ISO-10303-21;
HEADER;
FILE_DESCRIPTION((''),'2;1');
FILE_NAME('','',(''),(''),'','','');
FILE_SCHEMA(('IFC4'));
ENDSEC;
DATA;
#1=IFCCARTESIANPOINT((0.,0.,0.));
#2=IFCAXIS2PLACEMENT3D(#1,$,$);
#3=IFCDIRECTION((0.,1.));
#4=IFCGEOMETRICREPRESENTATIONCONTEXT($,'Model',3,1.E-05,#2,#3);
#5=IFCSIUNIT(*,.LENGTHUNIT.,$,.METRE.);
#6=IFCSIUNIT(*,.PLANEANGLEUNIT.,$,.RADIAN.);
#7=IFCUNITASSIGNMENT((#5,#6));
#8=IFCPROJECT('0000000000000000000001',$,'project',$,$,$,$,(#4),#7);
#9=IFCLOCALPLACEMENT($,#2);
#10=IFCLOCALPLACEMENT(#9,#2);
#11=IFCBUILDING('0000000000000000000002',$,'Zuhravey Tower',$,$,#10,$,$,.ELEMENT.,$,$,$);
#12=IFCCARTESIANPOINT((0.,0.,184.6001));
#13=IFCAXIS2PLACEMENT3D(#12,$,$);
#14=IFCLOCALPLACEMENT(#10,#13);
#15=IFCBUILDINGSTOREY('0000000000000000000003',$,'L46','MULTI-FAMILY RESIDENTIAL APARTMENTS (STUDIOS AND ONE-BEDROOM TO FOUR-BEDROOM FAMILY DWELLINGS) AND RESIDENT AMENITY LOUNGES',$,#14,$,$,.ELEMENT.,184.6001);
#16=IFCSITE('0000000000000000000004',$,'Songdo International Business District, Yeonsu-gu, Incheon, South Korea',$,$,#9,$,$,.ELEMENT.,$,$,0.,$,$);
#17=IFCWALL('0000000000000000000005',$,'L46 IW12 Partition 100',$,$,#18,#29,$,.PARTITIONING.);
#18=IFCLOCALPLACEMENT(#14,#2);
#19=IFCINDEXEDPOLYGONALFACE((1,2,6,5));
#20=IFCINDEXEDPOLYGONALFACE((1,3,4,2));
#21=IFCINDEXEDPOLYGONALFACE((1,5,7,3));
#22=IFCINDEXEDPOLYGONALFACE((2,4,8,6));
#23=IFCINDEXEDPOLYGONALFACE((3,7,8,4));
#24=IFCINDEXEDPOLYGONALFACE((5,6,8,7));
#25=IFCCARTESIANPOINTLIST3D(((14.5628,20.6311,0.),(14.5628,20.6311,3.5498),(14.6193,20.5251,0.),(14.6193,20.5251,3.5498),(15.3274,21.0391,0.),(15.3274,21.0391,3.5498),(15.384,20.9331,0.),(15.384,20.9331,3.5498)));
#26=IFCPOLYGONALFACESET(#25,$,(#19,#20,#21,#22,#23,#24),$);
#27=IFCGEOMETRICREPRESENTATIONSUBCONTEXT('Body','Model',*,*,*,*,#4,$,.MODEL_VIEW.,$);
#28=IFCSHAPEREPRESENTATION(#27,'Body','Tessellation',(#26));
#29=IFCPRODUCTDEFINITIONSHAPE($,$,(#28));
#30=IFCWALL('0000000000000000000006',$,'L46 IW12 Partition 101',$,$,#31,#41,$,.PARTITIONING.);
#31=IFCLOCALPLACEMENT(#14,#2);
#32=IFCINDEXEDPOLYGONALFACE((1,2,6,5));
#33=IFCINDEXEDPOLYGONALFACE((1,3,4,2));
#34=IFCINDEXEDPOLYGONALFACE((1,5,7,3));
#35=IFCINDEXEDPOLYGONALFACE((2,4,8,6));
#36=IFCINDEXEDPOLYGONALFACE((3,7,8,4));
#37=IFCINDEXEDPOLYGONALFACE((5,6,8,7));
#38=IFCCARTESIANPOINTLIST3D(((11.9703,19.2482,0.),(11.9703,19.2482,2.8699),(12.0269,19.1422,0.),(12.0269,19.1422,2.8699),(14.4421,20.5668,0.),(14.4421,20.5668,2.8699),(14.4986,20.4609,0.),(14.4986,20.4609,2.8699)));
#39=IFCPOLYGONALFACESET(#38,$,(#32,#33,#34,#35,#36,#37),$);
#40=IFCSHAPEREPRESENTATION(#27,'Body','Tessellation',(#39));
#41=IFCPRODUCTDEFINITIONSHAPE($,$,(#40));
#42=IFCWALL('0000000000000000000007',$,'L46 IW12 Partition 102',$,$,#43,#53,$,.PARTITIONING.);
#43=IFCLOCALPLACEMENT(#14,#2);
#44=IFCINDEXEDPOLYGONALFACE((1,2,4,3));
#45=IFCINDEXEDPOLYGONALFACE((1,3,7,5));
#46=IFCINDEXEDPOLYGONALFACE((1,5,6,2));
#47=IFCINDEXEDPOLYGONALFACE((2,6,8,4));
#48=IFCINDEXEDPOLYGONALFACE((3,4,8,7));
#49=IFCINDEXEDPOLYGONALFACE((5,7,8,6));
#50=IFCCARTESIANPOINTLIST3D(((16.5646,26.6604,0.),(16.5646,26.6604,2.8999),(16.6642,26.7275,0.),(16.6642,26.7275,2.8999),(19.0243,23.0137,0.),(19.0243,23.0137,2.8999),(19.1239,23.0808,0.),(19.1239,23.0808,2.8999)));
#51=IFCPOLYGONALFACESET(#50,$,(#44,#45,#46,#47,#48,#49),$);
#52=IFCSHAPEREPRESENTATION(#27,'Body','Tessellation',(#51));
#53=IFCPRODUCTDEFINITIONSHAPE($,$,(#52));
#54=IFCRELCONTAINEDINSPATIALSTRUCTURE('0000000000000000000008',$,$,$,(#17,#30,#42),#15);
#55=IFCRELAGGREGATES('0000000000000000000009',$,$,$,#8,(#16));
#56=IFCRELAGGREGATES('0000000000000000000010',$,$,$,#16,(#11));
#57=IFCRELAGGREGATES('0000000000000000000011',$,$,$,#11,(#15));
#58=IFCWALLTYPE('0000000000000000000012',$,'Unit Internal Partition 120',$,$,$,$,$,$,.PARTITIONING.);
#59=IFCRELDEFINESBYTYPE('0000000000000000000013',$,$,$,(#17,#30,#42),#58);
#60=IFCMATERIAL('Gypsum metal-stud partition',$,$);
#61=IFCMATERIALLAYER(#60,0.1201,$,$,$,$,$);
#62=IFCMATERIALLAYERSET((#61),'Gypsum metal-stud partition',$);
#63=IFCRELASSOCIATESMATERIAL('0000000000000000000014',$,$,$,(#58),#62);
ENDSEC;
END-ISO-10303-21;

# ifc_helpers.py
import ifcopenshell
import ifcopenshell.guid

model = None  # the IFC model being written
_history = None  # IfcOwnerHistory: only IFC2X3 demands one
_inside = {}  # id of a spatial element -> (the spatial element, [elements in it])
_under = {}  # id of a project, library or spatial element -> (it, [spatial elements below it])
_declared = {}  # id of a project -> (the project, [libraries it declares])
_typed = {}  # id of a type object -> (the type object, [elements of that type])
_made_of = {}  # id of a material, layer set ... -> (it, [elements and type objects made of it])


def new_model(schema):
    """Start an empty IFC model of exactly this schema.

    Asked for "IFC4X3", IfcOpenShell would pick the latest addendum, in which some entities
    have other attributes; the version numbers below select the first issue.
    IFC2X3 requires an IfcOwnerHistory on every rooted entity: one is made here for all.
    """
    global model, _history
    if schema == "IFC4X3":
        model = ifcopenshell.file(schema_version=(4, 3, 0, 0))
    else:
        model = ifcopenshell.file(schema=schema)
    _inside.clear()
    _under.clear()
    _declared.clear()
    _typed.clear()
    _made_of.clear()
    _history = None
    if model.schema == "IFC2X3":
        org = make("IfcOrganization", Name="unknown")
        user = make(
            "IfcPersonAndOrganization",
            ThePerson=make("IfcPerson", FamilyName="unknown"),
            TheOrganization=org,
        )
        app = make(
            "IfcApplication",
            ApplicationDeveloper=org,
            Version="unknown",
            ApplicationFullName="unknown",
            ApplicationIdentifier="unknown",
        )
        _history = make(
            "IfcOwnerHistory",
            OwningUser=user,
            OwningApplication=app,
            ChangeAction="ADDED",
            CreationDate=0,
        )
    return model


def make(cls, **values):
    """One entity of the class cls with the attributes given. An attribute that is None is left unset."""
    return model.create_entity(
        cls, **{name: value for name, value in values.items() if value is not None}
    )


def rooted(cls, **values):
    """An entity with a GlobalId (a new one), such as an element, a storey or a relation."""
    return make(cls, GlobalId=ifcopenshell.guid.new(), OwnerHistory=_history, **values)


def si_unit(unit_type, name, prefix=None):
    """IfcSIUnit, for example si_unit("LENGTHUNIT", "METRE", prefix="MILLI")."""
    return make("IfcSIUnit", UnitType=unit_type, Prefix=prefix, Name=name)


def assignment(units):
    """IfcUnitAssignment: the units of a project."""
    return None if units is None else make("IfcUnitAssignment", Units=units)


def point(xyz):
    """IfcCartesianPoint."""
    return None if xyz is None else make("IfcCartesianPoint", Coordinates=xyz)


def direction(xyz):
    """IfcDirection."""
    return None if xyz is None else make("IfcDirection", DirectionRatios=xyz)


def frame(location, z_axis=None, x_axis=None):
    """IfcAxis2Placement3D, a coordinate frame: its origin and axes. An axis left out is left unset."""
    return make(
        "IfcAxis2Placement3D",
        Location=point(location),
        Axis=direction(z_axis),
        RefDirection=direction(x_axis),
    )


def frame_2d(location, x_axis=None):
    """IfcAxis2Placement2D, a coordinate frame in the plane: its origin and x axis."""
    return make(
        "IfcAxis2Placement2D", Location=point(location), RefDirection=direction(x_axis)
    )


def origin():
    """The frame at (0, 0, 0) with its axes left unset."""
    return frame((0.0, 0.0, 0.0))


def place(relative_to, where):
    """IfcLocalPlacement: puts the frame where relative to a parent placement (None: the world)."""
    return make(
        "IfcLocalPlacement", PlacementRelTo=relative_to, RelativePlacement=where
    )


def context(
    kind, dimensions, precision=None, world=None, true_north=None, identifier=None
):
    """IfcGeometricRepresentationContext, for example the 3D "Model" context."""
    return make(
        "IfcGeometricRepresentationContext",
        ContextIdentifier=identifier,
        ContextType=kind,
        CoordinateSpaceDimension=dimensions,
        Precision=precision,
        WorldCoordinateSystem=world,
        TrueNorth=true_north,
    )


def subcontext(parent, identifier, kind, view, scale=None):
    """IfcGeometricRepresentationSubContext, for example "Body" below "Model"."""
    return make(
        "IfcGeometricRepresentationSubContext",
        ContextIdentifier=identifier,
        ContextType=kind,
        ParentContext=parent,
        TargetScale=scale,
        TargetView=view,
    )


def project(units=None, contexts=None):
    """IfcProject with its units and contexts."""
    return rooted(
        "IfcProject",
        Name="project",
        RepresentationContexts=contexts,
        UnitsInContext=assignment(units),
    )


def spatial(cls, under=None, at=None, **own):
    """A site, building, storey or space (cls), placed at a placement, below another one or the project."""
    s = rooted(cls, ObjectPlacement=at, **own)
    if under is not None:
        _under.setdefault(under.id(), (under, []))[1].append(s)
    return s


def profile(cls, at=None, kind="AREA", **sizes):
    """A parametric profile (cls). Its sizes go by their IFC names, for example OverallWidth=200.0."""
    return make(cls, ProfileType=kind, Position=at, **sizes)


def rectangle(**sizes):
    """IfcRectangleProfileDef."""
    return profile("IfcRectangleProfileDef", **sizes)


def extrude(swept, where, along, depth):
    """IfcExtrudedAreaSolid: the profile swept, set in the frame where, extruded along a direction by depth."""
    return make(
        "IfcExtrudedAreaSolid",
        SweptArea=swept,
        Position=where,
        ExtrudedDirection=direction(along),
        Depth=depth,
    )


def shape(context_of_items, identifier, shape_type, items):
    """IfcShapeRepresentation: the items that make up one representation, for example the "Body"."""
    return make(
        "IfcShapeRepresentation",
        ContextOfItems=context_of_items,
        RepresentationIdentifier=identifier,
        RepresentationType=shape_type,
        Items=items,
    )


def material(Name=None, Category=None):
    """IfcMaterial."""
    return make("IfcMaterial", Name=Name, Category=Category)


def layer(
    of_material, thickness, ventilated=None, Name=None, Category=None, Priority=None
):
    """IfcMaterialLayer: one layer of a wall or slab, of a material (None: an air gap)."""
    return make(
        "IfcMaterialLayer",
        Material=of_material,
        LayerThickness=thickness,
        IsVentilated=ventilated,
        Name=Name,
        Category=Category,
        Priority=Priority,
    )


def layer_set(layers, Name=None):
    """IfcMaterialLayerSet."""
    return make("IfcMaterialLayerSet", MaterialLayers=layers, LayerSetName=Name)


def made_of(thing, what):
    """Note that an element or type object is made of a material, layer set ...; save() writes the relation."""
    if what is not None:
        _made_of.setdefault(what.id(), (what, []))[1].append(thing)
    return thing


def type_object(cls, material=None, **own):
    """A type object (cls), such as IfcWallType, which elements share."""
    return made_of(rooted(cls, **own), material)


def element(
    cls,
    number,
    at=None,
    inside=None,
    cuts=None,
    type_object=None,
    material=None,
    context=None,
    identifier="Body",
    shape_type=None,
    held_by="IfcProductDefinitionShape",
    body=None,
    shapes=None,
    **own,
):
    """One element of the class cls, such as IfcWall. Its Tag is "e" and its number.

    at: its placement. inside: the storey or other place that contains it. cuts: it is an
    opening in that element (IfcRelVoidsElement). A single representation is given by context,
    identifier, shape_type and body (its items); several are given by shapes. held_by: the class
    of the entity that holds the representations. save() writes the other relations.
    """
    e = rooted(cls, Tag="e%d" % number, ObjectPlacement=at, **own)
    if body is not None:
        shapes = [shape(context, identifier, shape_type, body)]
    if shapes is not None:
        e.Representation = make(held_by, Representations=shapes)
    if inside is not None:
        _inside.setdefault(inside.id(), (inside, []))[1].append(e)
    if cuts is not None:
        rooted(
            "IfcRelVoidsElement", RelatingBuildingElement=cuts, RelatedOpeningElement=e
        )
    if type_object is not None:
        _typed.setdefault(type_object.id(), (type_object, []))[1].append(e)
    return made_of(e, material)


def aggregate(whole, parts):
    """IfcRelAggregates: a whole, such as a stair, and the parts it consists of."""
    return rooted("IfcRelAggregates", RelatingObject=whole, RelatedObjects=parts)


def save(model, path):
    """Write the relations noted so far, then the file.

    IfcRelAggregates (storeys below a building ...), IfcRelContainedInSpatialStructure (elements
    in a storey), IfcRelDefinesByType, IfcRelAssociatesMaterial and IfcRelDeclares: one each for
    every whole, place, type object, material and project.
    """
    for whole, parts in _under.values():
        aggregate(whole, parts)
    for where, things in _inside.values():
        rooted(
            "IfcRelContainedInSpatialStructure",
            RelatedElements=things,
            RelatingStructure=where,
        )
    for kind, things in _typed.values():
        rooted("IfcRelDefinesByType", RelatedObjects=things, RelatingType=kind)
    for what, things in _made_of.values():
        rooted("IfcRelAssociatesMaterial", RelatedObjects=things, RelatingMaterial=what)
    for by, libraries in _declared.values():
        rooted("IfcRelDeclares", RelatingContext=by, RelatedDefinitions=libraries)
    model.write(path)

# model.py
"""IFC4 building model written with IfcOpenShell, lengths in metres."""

from ifc_helpers import new_model, si_unit, direction, frame, frame_2d, origin, place, context, subcontext, project, spatial, rectangle, extrude, material, layer, layer_set, type_object, element, save


model = new_model("IFC4")

# Units and contexts
model_context = context("Model", 3, precision=1e-05, world=origin(), true_north=direction((0.0, 1.0)))
body_context = subcontext(model_context, "Body", "Model", "MODEL_VIEW")
ifc_project = project(units=[si_unit("LENGTHUNIT", "METRE"), si_unit("PLANEANGLEUNIT", "RADIAN")], contexts=[model_context])

# Site, building, storey
site_placement = place(None, origin())
site = spatial("IfcSite", under=ifc_project, at=site_placement, Name="Songdo International Business District, Yeonsu-gu, Incheon, South Korea", CompositionType="ELEMENT", RefElevation=0.0)
building_placement = place(site_placement, origin())
building = spatial("IfcBuilding", under=site, at=building_placement, Name="Zuhravey Tower", CompositionType="ELEMENT")
storey_placement = place(building_placement, frame((0.0, 0.0, 184.6001)))
storey = spatial("IfcBuildingStorey", under=building, at=storey_placement, Name="L46", Description="MULTI-FAMILY RESIDENTIAL APARTMENTS (STUDIOS AND ONE-BEDROOM TO FOUR-BEDROOM FAMILY DWELLINGS) AND RESIDENT AMENITY LOUNGES", CompositionType="ELEMENT", Elevation=184.6001)

# Shared definitions
ifc_material_1 = material(Name="Gypsum metal-stud partition")
ifc_layer_1 = layer(ifc_material_1, 0.1201)
ifc_layer_set_1 = layer_set([ifc_layer_1], Name="Gypsum metal-stud partition")
wall_type_1 = type_object("IfcWallType", Name="Unit Internal Partition 120", PredefinedType="PARTITIONING", material=ifc_layer_set_1)

# Walls
wall_1_placement = place(storey_placement, frame((15.3557, 20.9861, 0.0), z_axis=(0.0, 0.0, 1.0), x_axis=(-0.882283, -0.47072, 0.0)))
element("IfcWall", 1, at=wall_1_placement, inside=storey, type_object=wall_type_1, Name="L46 IW12 Partition 100", PredefinedType="PARTITIONING", context=body_context, shape_type="SweptSolid", body=[
    extrude(rectangle(XDim=0.8667, YDim=0.1201, at=frame_2d((0.4333, 0.0))), origin(), (0.0, 0.0, 1.0), 3.5498),
])
wall_2_placement = place(storey_placement, frame((14.4705, 20.5139, 0.0), z_axis=(0.0, 0.0, 1.0), x_axis=(-0.882297, -0.470692, 0.0)))
element("IfcWall", 2, at=wall_2_placement, inside=storey, type_object=wall_type_1, Name="L46 IW12 Partition 101", PredefinedType="PARTITIONING", context=body_context, shape_type="SweptSolid", body=[
    extrude(rectangle(XDim=2.8015, YDim=0.1201, at=frame_2d((1.4009, 0.0))), origin(), (0.0, 0.0, 1.0), 2.8699),
])
wall_3_placement = place(storey_placement, frame((16.6145, 26.6938, 0.0), z_axis=(0.0, 0.0, 1.0), x_axis=(0.559188, -0.829041, 0.0)))
element("IfcWall", 3, at=wall_3_placement, inside=storey, type_object=wall_type_1, Name="L46 IW12 Partition 102", PredefinedType="PARTITIONING", context=body_context, shape_type="SweptSolid", body=[
    extrude(rectangle(XDim=4.3987, YDim=0.1201, at=frame_2d((2.1992, 0.0))), origin(), (0.0, 0.0, 1.0), 2.8999),
])

save(model, "model.ifc")
